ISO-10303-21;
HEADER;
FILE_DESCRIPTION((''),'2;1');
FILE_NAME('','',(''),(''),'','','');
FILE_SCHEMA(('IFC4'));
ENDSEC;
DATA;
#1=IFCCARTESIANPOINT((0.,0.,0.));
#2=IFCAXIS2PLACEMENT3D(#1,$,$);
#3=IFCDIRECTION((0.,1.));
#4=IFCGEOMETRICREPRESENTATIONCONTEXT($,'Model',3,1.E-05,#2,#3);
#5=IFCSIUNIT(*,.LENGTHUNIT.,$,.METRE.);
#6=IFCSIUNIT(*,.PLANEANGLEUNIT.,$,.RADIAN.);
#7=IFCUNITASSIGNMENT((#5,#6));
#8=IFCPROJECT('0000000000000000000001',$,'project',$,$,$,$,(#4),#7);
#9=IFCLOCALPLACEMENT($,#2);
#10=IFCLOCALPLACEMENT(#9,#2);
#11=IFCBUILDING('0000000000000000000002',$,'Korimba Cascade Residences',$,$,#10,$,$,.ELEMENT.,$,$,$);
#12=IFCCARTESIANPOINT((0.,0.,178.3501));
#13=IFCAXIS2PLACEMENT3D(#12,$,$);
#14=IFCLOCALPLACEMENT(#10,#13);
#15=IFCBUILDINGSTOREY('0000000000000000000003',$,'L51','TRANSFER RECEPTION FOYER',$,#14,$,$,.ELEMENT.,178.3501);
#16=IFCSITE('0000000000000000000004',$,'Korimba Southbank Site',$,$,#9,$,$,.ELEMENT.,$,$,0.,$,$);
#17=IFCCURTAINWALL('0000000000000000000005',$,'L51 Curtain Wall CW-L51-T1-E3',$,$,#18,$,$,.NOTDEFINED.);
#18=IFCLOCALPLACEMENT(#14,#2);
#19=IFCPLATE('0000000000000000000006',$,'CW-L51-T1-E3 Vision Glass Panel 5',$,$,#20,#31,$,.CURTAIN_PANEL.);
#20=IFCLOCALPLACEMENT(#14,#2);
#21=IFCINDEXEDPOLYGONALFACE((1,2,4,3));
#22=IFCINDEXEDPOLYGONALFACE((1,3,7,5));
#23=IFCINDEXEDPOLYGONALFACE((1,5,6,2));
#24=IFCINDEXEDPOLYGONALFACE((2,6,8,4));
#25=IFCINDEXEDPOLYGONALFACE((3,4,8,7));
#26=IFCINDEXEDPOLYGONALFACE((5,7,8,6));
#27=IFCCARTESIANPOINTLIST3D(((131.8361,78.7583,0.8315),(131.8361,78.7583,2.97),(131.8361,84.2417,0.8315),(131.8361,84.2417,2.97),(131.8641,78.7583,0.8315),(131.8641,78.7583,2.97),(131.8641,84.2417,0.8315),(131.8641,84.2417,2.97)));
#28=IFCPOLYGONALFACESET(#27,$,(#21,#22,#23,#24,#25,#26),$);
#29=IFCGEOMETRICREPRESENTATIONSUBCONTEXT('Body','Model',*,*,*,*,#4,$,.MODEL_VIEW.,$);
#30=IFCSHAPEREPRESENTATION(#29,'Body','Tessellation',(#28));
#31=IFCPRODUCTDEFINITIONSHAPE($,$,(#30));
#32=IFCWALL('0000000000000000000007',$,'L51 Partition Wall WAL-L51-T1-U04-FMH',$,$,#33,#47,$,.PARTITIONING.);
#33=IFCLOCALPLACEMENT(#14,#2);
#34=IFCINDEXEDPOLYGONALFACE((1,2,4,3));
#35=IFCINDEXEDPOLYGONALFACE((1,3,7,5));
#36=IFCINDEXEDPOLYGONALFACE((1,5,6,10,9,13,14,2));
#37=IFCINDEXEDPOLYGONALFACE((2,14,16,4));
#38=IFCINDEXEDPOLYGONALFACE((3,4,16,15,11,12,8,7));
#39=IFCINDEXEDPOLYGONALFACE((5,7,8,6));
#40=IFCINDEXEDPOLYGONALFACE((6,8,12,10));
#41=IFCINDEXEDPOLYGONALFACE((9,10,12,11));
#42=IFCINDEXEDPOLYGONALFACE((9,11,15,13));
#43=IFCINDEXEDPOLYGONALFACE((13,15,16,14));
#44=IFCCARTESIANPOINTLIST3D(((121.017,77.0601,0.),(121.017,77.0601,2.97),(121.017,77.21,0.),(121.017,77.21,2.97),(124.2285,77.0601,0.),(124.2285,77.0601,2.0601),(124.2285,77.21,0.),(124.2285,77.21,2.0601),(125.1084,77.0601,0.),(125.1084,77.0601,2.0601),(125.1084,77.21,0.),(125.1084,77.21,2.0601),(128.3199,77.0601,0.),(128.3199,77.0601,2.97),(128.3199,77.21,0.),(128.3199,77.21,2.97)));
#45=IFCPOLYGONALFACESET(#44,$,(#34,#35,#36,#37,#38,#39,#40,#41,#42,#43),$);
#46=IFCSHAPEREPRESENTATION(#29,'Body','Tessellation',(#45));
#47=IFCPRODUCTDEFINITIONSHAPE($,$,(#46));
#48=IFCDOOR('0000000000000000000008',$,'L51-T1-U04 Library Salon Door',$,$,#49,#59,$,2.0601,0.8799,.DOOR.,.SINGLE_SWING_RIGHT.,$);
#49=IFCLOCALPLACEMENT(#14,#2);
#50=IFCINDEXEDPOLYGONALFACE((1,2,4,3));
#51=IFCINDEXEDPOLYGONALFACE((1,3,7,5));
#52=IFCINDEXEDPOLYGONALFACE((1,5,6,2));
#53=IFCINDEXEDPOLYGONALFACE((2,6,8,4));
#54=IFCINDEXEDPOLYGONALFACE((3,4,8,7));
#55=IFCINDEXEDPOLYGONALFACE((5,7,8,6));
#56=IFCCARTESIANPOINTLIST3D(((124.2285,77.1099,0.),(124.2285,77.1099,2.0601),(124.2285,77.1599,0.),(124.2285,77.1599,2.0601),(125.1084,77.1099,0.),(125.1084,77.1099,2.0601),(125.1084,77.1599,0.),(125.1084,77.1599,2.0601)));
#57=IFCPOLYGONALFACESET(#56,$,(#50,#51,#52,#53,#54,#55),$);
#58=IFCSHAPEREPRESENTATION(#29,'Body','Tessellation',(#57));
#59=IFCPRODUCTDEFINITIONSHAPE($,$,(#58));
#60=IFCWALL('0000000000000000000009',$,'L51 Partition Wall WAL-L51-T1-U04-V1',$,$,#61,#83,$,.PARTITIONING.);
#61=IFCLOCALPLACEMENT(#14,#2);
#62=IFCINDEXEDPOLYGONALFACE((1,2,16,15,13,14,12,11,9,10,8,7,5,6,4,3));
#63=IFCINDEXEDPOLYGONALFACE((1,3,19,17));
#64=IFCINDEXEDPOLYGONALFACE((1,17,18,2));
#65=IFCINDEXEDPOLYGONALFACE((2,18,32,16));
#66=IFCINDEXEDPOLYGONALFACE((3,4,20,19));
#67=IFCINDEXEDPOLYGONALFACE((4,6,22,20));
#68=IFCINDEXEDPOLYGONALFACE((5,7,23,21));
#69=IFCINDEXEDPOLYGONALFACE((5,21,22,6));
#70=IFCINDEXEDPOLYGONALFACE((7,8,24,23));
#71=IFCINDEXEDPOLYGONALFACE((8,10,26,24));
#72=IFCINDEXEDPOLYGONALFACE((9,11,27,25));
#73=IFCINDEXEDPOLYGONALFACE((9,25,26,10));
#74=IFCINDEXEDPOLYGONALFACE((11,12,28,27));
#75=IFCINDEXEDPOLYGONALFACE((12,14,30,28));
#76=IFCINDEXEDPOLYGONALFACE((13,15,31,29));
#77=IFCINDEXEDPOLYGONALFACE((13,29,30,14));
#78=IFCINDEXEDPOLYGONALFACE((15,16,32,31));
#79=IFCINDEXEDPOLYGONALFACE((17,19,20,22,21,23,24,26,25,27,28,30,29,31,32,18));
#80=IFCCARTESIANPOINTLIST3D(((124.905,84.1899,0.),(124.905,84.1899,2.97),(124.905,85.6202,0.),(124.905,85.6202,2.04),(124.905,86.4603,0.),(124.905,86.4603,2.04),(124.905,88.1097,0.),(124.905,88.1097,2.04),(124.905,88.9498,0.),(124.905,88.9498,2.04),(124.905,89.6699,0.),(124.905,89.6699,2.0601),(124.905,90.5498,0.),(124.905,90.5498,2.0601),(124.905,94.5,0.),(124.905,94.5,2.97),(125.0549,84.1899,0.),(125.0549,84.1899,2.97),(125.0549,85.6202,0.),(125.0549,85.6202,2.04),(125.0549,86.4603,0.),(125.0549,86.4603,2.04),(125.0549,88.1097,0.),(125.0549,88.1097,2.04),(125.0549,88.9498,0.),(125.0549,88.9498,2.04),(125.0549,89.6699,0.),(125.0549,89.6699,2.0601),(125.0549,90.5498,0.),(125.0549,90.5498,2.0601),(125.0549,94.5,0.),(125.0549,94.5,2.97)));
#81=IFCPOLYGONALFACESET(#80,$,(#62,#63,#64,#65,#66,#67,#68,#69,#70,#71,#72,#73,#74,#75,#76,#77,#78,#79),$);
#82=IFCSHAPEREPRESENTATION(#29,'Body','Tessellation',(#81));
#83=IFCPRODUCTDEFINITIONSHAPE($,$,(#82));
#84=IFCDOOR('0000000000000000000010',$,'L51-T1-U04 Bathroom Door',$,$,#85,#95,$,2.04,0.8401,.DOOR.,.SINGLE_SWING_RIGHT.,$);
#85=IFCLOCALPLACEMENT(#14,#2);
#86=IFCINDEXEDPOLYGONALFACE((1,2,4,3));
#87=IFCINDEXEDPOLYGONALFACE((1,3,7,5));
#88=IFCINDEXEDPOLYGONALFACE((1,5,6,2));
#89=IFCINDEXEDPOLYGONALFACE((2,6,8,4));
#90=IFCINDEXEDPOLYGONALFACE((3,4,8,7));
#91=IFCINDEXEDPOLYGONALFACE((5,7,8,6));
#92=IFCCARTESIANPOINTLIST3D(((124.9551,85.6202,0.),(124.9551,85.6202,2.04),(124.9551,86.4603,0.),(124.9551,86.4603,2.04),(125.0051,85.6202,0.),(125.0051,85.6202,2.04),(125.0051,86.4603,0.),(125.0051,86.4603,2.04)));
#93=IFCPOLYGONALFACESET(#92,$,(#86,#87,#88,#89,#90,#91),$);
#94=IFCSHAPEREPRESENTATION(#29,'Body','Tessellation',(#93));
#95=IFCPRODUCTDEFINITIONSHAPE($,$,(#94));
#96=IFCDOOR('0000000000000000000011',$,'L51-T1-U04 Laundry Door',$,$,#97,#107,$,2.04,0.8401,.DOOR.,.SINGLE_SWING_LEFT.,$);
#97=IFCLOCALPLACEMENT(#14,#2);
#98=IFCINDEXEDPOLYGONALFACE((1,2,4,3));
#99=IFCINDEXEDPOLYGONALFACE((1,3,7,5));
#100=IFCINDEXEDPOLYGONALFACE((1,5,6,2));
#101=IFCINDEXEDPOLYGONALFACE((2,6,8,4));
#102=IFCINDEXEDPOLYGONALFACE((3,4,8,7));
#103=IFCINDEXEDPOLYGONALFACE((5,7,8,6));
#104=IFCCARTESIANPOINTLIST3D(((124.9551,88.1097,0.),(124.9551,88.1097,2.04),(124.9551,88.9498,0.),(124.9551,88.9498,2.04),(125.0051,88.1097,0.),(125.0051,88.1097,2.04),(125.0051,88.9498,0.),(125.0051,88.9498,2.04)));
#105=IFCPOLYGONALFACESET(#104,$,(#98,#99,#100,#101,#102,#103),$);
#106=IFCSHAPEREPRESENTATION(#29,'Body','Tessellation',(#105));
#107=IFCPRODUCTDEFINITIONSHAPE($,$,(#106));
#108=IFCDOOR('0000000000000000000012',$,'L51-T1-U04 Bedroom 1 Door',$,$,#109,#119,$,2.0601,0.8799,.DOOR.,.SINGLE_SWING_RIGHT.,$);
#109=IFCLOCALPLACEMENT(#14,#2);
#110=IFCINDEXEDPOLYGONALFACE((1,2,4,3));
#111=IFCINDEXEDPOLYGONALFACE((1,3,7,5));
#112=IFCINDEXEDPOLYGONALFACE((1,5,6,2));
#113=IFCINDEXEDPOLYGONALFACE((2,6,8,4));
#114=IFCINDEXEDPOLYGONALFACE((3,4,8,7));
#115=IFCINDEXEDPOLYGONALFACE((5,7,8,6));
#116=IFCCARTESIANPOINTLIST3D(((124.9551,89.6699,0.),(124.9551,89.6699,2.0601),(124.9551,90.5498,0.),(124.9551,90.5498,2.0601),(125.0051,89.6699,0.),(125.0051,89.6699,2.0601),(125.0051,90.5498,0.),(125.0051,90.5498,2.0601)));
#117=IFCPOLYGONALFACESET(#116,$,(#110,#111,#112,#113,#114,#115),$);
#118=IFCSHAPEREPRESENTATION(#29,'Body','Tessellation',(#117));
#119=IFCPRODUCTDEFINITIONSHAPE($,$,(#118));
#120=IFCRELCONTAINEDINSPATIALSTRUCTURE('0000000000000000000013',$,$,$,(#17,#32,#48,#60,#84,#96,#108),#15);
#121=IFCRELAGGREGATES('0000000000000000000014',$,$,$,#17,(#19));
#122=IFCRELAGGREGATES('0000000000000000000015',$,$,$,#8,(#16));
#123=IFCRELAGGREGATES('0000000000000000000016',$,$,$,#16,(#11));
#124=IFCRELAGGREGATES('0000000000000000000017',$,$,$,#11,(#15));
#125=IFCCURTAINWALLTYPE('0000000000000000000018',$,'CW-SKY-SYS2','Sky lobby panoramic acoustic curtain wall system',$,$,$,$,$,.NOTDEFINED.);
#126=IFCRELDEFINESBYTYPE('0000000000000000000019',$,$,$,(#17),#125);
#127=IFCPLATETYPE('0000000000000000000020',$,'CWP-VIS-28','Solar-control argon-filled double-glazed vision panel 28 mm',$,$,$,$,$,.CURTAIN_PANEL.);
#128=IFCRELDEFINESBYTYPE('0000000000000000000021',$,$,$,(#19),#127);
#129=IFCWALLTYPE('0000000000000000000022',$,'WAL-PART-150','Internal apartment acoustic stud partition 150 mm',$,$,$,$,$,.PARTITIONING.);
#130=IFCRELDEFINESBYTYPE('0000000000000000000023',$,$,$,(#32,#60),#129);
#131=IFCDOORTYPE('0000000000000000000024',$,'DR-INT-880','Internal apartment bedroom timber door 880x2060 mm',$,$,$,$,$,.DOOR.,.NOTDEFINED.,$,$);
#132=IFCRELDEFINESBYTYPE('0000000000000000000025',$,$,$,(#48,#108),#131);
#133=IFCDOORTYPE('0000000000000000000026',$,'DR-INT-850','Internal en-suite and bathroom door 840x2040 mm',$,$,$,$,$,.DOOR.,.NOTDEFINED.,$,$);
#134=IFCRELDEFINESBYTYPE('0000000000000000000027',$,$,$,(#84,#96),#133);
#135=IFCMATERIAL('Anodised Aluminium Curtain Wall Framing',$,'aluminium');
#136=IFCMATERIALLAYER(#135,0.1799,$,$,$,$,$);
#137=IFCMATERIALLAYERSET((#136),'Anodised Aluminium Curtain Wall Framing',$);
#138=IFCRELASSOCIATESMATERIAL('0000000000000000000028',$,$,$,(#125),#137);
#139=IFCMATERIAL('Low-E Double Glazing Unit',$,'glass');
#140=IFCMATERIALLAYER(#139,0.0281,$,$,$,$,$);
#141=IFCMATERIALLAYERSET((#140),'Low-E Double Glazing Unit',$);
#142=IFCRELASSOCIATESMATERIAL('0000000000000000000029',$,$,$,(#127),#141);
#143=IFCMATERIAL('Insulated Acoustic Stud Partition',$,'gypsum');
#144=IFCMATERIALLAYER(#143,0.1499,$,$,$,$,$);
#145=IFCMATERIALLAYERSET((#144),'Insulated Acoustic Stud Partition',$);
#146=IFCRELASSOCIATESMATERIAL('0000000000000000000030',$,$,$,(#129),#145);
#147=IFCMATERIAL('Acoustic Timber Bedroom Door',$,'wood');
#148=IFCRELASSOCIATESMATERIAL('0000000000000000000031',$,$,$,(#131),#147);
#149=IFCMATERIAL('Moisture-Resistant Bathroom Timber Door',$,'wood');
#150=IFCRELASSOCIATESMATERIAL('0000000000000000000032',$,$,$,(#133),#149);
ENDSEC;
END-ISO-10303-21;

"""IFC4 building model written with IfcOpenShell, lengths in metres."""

from ifc_helpers import new_model, si_unit, direction, frame, frame_2d, origin, origin_2d, place, context, subcontext, project, spatial, rectangle, extrude, material, layer, layer_set, type_object, element, fill, aggregate, save


model = new_model("IFC4")

# Units and contexts
model_context = context("Model", 3, precision=1e-05, world=origin(), true_north=direction((0.0, 1.0)))
body_context = subcontext(model_context, "Body", "Model", "MODEL_VIEW")
ifc_project = project(units=[si_unit("LENGTHUNIT", "METRE"), si_unit("PLANEANGLEUNIT", "RADIAN")], contexts=[model_context])

# Site, building, storey
site_placement = place(None, origin())
site = spatial("IfcSite", under=ifc_project, at=site_placement, Name="Korimba Southbank Site", CompositionType="ELEMENT", RefElevation=0.0)
building_placement = place(site_placement, origin())
building = spatial("IfcBuilding", under=site, at=building_placement, Name="Korimba Cascade Residences", CompositionType="ELEMENT")
storey_placement = place(building_placement, frame((0.0, 0.0, 178.3501)))
storey = spatial("IfcBuildingStorey", under=building, at=storey_placement, Name="L51", Description="TRANSFER RECEPTION FOYER", CompositionType="ELEMENT", Elevation=178.3501)

# Curtain wall, plate
ifc_material_1 = material(Name="Anodised Aluminium Curtain Wall Framing", Category="aluminium")
ifc_layer_1 = layer(ifc_material_1, 0.1799)
ifc_layer_set_1 = layer_set([ifc_layer_1], Name="Anodised Aluminium Curtain Wall Framing")
curtain_wall_type = type_object("IfcCurtainWallType", Name="CW-SKY-SYS2", Description="Sky lobby panoramic acoustic curtain wall system", PredefinedType="NOTDEFINED", material=ifc_layer_set_1)
curtain_wall_placement = place(storey_placement, origin())
curtain_wall = element("IfcCurtainWall", 1, at=curtain_wall_placement, inside=storey, type_object=curtain_wall_type, Name="L51 Curtain Wall CW-L51-T1-E3", PredefinedType="NOTDEFINED")
ifc_material_2 = material(Name="Low-E Double Glazing Unit", Category="glass")
ifc_layer_2 = layer(ifc_material_2, 0.0281)
ifc_layer_set_2 = layer_set([ifc_layer_2], Name="Low-E Double Glazing Unit")
plate_type_1 = type_object("IfcPlateType", Name="CWP-VIS-28", Description="Solar-control argon-filled double-glazed vision panel 28 mm", PredefinedType="CURTAIN_PANEL", material=ifc_layer_set_2)
plate_1_placement = place(storey_placement, frame((131.8501, 81.5, 0.8315), z_axis=(0.0, 0.0, 1.0), x_axis=(0.0, 1.0, 0.0)))
plate_1 = element("IfcPlate", 2, at=plate_1_placement, type_object=plate_type_1, Name="CW-L51-T1-E3 Vision Glass Panel 5", PredefinedType="CURTAIN_PANEL", context=body_context, shape_type="SweptSolid", body=[
    extrude(rectangle(XDim=5.4834, YDim=0.0281, at=origin_2d()), origin(), (0.0, 0.0, 1.0), 2.1384),
])
aggregate(curtain_wall, [plate_1])

# Wall, opening, door
ifc_material_3 = material(Name="Insulated Acoustic Stud Partition", Category="gypsum")
ifc_layer_3 = layer(ifc_material_3, 0.1499)
ifc_layer_set_3 = layer_set([ifc_layer_3], Name="Insulated Acoustic Stud Partition")
wall_type = type_object("IfcWallType", Name="WAL-PART-150", Description="Internal apartment acoustic stud partition 150 mm", PredefinedType="PARTITIONING", material=ifc_layer_set_3)
wall_1_placement = place(storey_placement, frame((121.0171, 77.135, 0.0), z_axis=(0.0, 0.0, 1.0), x_axis=(1.0, 0.0, 0.0)))
wall_1 = element("IfcWall", 3, at=wall_1_placement, inside=storey, type_object=wall_type, Name="L51 Partition Wall WAL-L51-T1-U04-FMH", PredefinedType="PARTITIONING", context=body_context, shape_type="SweptSolid", body=[
    extrude(rectangle(XDim=7.303, YDim=0.1499, at=frame_2d((3.6514, 0.0))), origin(), (0.0, 0.0, 1.0), 2.97),
])
opening_1_placement = place(wall_1_placement, frame((3.2114, 0.0, 0.0)))
opening_1 = element("IfcOpeningElement", 4, at=opening_1_placement, cuts=wall_1, PredefinedType="OPENING", context=body_context, shape_type="SweptSolid", body=[
    extrude(rectangle(XDim=0.8799, YDim=2.0601, at=frame_2d((0.4399, 1.03))), frame((0.0, 0.085, 0.0), z_axis=(0.0, -1.0, 0.0), x_axis=(1.0, 0.0, 0.0)), (0.0, 0.0, 1.0), 0.1699),
])
ifc_material_4 = material(Name="Acoustic Timber Bedroom Door", Category="wood")
door_type_1 = type_object("IfcDoorType", Name="DR-INT-880", Description="Internal apartment bedroom timber door 880x2060 mm", OperationType="NOTDEFINED", PredefinedType="DOOR", material=ifc_material_4)
door_1_placement = place(opening_1_placement, origin())
door_1 = element("IfcDoor", 5, at=door_1_placement, inside=storey, type_object=door_type_1, Name="L51-T1-U04 Library Salon Door", OperationType="SINGLE_SWING_RIGHT", OverallHeight=2.0601, OverallWidth=0.8799, PredefinedType="DOOR", context=body_context, shape_type="SweptSolid", body=[
    extrude(rectangle(XDim=0.8799, YDim=2.0601, at=frame_2d((0.4399, 1.03))), frame((0.0, 0.0249, 0.0), z_axis=(0.0, -1.0, 0.0), x_axis=(1.0, 0.0, 0.0)), (0.0, 0.0, 1.0), 0.05),
])
fill(opening_1, door_1)

# Wall, openings, doors
wall_2_placement = place(storey_placement, frame((124.98, 84.1899, 0.0), z_axis=(0.0, 0.0, 1.0), x_axis=(0.0, 1.0, 0.0)))
wall_2 = element("IfcWall", 6, at=wall_2_placement, inside=storey, type_object=wall_type, Name="L51 Partition Wall WAL-L51-T1-U04-V1", PredefinedType="PARTITIONING", context=body_context, shape_type="SweptSolid", body=[
    extrude(rectangle(XDim=10.3101, YDim=0.1499, at=frame_2d((5.155, 0.0))), origin(), (0.0, 0.0, 1.0), 2.97),
])
opening_2_placement = place(wall_2_placement, frame((1.4304, 0.0, 0.0)))
opening_2 = element("IfcOpeningElement", 7, at=opening_2_placement, cuts=wall_2, PredefinedType="OPENING", context=body_context, shape_type="SweptSolid", body=[
    extrude(rectangle(XDim=0.8401, YDim=2.04, at=frame_2d((0.4199, 1.02))), frame((0.0, 0.085, 0.0), z_axis=(0.0, -1.0, 0.0), x_axis=(1.0, 0.0, 0.0)), (0.0, 0.0, 1.0), 0.1699),
])
opening_3_placement = place(wall_2_placement, frame((3.9199, 0.0, 0.0)))
opening_3 = element("IfcOpeningElement", 8, at=opening_3_placement, cuts=wall_2, PredefinedType="OPENING", context=body_context, shape_type="SweptSolid", body=[
    extrude(rectangle(XDim=0.8401, YDim=2.04, at=frame_2d((0.4199, 1.02))), frame((0.0, 0.085, 0.0), z_axis=(0.0, -1.0, 0.0), x_axis=(1.0, 0.0, 0.0)), (0.0, 0.0, 1.0), 0.1699),
])
opening_4_placement = place(wall_2_placement, frame((5.48, 0.0, 0.0)))
opening_4 = element("IfcOpeningElement", 9, at=opening_4_placement, cuts=wall_2, PredefinedType="OPENING", context=body_context, shape_type="SweptSolid", body=[
    extrude(rectangle(XDim=0.8799, YDim=2.0601, at=frame_2d((0.4399, 1.03))), frame((0.0, 0.085, 0.0), z_axis=(0.0, -1.0, 0.0), x_axis=(1.0, 0.0, 0.0)), (0.0, 0.0, 1.0), 0.1699),
])
ifc_material_5 = material(Name="Moisture-Resistant Bathroom Timber Door", Category="wood")
door_type_2 = type_object("IfcDoorType", Name="DR-INT-850", Description="Internal en-suite and bathroom door 840x2040 mm", OperationType="NOTDEFINED", PredefinedType="DOOR", material=ifc_material_5)
door_2_placement = place(opening_2_placement, origin())
door_2 = element("IfcDoor", 10, at=door_2_placement, inside=storey, type_object=door_type_2, Name="L51-T1-U04 Bathroom Door", OperationType="SINGLE_SWING_RIGHT", OverallHeight=2.04, OverallWidth=0.8401, PredefinedType="DOOR", context=body_context, shape_type="SweptSolid", body=[
    extrude(rectangle(XDim=0.8401, YDim=2.04, at=frame_2d((0.4199, 1.02))), frame((0.0, 0.0249, 0.0), z_axis=(0.0, -1.0, 0.0), x_axis=(1.0, 0.0, 0.0)), (0.0, 0.0, 1.0), 0.05),
])
fill(opening_2, door_2)
door_3_placement = place(opening_3_placement, origin())
door_3 = element("IfcDoor", 11, at=door_3_placement, inside=storey, type_object=door_type_2, Name="L51-T1-U04 Laundry Door", OperationType="SINGLE_SWING_LEFT", OverallHeight=2.04, OverallWidth=0.8401, PredefinedType="DOOR", context=body_context, shape_type="SweptSolid", body=[
    extrude(rectangle(XDim=0.8401, YDim=2.04, at=frame_2d((0.4199, 1.02))), frame((0.0, 0.0249, 0.0), z_axis=(0.0, -1.0, 0.0), x_axis=(1.0, 0.0, 0.0)), (0.0, 0.0, 1.0), 0.05),
])
fill(opening_3, door_3)
door_4_placement = place(opening_4_placement, origin())
door_4 = element("IfcDoor", 12, at=door_4_placement, inside=storey, type_object=door_type_1, Name="L51-T1-U04 Bedroom 1 Door", OperationType="SINGLE_SWING_RIGHT", OverallHeight=2.0601, OverallWidth=0.8799, PredefinedType="DOOR", context=body_context, shape_type="SweptSolid", body=[
    extrude(rectangle(XDim=0.8799, YDim=2.0601, at=frame_2d((0.4399, 1.03))), frame((0.0, 0.0249, 0.0), z_axis=(0.0, -1.0, 0.0), x_axis=(1.0, 0.0, 0.0)), (0.0, 0.0, 1.0), 0.05),
])
fill(opening_4, door_4)

save(model, "model.ifc")
